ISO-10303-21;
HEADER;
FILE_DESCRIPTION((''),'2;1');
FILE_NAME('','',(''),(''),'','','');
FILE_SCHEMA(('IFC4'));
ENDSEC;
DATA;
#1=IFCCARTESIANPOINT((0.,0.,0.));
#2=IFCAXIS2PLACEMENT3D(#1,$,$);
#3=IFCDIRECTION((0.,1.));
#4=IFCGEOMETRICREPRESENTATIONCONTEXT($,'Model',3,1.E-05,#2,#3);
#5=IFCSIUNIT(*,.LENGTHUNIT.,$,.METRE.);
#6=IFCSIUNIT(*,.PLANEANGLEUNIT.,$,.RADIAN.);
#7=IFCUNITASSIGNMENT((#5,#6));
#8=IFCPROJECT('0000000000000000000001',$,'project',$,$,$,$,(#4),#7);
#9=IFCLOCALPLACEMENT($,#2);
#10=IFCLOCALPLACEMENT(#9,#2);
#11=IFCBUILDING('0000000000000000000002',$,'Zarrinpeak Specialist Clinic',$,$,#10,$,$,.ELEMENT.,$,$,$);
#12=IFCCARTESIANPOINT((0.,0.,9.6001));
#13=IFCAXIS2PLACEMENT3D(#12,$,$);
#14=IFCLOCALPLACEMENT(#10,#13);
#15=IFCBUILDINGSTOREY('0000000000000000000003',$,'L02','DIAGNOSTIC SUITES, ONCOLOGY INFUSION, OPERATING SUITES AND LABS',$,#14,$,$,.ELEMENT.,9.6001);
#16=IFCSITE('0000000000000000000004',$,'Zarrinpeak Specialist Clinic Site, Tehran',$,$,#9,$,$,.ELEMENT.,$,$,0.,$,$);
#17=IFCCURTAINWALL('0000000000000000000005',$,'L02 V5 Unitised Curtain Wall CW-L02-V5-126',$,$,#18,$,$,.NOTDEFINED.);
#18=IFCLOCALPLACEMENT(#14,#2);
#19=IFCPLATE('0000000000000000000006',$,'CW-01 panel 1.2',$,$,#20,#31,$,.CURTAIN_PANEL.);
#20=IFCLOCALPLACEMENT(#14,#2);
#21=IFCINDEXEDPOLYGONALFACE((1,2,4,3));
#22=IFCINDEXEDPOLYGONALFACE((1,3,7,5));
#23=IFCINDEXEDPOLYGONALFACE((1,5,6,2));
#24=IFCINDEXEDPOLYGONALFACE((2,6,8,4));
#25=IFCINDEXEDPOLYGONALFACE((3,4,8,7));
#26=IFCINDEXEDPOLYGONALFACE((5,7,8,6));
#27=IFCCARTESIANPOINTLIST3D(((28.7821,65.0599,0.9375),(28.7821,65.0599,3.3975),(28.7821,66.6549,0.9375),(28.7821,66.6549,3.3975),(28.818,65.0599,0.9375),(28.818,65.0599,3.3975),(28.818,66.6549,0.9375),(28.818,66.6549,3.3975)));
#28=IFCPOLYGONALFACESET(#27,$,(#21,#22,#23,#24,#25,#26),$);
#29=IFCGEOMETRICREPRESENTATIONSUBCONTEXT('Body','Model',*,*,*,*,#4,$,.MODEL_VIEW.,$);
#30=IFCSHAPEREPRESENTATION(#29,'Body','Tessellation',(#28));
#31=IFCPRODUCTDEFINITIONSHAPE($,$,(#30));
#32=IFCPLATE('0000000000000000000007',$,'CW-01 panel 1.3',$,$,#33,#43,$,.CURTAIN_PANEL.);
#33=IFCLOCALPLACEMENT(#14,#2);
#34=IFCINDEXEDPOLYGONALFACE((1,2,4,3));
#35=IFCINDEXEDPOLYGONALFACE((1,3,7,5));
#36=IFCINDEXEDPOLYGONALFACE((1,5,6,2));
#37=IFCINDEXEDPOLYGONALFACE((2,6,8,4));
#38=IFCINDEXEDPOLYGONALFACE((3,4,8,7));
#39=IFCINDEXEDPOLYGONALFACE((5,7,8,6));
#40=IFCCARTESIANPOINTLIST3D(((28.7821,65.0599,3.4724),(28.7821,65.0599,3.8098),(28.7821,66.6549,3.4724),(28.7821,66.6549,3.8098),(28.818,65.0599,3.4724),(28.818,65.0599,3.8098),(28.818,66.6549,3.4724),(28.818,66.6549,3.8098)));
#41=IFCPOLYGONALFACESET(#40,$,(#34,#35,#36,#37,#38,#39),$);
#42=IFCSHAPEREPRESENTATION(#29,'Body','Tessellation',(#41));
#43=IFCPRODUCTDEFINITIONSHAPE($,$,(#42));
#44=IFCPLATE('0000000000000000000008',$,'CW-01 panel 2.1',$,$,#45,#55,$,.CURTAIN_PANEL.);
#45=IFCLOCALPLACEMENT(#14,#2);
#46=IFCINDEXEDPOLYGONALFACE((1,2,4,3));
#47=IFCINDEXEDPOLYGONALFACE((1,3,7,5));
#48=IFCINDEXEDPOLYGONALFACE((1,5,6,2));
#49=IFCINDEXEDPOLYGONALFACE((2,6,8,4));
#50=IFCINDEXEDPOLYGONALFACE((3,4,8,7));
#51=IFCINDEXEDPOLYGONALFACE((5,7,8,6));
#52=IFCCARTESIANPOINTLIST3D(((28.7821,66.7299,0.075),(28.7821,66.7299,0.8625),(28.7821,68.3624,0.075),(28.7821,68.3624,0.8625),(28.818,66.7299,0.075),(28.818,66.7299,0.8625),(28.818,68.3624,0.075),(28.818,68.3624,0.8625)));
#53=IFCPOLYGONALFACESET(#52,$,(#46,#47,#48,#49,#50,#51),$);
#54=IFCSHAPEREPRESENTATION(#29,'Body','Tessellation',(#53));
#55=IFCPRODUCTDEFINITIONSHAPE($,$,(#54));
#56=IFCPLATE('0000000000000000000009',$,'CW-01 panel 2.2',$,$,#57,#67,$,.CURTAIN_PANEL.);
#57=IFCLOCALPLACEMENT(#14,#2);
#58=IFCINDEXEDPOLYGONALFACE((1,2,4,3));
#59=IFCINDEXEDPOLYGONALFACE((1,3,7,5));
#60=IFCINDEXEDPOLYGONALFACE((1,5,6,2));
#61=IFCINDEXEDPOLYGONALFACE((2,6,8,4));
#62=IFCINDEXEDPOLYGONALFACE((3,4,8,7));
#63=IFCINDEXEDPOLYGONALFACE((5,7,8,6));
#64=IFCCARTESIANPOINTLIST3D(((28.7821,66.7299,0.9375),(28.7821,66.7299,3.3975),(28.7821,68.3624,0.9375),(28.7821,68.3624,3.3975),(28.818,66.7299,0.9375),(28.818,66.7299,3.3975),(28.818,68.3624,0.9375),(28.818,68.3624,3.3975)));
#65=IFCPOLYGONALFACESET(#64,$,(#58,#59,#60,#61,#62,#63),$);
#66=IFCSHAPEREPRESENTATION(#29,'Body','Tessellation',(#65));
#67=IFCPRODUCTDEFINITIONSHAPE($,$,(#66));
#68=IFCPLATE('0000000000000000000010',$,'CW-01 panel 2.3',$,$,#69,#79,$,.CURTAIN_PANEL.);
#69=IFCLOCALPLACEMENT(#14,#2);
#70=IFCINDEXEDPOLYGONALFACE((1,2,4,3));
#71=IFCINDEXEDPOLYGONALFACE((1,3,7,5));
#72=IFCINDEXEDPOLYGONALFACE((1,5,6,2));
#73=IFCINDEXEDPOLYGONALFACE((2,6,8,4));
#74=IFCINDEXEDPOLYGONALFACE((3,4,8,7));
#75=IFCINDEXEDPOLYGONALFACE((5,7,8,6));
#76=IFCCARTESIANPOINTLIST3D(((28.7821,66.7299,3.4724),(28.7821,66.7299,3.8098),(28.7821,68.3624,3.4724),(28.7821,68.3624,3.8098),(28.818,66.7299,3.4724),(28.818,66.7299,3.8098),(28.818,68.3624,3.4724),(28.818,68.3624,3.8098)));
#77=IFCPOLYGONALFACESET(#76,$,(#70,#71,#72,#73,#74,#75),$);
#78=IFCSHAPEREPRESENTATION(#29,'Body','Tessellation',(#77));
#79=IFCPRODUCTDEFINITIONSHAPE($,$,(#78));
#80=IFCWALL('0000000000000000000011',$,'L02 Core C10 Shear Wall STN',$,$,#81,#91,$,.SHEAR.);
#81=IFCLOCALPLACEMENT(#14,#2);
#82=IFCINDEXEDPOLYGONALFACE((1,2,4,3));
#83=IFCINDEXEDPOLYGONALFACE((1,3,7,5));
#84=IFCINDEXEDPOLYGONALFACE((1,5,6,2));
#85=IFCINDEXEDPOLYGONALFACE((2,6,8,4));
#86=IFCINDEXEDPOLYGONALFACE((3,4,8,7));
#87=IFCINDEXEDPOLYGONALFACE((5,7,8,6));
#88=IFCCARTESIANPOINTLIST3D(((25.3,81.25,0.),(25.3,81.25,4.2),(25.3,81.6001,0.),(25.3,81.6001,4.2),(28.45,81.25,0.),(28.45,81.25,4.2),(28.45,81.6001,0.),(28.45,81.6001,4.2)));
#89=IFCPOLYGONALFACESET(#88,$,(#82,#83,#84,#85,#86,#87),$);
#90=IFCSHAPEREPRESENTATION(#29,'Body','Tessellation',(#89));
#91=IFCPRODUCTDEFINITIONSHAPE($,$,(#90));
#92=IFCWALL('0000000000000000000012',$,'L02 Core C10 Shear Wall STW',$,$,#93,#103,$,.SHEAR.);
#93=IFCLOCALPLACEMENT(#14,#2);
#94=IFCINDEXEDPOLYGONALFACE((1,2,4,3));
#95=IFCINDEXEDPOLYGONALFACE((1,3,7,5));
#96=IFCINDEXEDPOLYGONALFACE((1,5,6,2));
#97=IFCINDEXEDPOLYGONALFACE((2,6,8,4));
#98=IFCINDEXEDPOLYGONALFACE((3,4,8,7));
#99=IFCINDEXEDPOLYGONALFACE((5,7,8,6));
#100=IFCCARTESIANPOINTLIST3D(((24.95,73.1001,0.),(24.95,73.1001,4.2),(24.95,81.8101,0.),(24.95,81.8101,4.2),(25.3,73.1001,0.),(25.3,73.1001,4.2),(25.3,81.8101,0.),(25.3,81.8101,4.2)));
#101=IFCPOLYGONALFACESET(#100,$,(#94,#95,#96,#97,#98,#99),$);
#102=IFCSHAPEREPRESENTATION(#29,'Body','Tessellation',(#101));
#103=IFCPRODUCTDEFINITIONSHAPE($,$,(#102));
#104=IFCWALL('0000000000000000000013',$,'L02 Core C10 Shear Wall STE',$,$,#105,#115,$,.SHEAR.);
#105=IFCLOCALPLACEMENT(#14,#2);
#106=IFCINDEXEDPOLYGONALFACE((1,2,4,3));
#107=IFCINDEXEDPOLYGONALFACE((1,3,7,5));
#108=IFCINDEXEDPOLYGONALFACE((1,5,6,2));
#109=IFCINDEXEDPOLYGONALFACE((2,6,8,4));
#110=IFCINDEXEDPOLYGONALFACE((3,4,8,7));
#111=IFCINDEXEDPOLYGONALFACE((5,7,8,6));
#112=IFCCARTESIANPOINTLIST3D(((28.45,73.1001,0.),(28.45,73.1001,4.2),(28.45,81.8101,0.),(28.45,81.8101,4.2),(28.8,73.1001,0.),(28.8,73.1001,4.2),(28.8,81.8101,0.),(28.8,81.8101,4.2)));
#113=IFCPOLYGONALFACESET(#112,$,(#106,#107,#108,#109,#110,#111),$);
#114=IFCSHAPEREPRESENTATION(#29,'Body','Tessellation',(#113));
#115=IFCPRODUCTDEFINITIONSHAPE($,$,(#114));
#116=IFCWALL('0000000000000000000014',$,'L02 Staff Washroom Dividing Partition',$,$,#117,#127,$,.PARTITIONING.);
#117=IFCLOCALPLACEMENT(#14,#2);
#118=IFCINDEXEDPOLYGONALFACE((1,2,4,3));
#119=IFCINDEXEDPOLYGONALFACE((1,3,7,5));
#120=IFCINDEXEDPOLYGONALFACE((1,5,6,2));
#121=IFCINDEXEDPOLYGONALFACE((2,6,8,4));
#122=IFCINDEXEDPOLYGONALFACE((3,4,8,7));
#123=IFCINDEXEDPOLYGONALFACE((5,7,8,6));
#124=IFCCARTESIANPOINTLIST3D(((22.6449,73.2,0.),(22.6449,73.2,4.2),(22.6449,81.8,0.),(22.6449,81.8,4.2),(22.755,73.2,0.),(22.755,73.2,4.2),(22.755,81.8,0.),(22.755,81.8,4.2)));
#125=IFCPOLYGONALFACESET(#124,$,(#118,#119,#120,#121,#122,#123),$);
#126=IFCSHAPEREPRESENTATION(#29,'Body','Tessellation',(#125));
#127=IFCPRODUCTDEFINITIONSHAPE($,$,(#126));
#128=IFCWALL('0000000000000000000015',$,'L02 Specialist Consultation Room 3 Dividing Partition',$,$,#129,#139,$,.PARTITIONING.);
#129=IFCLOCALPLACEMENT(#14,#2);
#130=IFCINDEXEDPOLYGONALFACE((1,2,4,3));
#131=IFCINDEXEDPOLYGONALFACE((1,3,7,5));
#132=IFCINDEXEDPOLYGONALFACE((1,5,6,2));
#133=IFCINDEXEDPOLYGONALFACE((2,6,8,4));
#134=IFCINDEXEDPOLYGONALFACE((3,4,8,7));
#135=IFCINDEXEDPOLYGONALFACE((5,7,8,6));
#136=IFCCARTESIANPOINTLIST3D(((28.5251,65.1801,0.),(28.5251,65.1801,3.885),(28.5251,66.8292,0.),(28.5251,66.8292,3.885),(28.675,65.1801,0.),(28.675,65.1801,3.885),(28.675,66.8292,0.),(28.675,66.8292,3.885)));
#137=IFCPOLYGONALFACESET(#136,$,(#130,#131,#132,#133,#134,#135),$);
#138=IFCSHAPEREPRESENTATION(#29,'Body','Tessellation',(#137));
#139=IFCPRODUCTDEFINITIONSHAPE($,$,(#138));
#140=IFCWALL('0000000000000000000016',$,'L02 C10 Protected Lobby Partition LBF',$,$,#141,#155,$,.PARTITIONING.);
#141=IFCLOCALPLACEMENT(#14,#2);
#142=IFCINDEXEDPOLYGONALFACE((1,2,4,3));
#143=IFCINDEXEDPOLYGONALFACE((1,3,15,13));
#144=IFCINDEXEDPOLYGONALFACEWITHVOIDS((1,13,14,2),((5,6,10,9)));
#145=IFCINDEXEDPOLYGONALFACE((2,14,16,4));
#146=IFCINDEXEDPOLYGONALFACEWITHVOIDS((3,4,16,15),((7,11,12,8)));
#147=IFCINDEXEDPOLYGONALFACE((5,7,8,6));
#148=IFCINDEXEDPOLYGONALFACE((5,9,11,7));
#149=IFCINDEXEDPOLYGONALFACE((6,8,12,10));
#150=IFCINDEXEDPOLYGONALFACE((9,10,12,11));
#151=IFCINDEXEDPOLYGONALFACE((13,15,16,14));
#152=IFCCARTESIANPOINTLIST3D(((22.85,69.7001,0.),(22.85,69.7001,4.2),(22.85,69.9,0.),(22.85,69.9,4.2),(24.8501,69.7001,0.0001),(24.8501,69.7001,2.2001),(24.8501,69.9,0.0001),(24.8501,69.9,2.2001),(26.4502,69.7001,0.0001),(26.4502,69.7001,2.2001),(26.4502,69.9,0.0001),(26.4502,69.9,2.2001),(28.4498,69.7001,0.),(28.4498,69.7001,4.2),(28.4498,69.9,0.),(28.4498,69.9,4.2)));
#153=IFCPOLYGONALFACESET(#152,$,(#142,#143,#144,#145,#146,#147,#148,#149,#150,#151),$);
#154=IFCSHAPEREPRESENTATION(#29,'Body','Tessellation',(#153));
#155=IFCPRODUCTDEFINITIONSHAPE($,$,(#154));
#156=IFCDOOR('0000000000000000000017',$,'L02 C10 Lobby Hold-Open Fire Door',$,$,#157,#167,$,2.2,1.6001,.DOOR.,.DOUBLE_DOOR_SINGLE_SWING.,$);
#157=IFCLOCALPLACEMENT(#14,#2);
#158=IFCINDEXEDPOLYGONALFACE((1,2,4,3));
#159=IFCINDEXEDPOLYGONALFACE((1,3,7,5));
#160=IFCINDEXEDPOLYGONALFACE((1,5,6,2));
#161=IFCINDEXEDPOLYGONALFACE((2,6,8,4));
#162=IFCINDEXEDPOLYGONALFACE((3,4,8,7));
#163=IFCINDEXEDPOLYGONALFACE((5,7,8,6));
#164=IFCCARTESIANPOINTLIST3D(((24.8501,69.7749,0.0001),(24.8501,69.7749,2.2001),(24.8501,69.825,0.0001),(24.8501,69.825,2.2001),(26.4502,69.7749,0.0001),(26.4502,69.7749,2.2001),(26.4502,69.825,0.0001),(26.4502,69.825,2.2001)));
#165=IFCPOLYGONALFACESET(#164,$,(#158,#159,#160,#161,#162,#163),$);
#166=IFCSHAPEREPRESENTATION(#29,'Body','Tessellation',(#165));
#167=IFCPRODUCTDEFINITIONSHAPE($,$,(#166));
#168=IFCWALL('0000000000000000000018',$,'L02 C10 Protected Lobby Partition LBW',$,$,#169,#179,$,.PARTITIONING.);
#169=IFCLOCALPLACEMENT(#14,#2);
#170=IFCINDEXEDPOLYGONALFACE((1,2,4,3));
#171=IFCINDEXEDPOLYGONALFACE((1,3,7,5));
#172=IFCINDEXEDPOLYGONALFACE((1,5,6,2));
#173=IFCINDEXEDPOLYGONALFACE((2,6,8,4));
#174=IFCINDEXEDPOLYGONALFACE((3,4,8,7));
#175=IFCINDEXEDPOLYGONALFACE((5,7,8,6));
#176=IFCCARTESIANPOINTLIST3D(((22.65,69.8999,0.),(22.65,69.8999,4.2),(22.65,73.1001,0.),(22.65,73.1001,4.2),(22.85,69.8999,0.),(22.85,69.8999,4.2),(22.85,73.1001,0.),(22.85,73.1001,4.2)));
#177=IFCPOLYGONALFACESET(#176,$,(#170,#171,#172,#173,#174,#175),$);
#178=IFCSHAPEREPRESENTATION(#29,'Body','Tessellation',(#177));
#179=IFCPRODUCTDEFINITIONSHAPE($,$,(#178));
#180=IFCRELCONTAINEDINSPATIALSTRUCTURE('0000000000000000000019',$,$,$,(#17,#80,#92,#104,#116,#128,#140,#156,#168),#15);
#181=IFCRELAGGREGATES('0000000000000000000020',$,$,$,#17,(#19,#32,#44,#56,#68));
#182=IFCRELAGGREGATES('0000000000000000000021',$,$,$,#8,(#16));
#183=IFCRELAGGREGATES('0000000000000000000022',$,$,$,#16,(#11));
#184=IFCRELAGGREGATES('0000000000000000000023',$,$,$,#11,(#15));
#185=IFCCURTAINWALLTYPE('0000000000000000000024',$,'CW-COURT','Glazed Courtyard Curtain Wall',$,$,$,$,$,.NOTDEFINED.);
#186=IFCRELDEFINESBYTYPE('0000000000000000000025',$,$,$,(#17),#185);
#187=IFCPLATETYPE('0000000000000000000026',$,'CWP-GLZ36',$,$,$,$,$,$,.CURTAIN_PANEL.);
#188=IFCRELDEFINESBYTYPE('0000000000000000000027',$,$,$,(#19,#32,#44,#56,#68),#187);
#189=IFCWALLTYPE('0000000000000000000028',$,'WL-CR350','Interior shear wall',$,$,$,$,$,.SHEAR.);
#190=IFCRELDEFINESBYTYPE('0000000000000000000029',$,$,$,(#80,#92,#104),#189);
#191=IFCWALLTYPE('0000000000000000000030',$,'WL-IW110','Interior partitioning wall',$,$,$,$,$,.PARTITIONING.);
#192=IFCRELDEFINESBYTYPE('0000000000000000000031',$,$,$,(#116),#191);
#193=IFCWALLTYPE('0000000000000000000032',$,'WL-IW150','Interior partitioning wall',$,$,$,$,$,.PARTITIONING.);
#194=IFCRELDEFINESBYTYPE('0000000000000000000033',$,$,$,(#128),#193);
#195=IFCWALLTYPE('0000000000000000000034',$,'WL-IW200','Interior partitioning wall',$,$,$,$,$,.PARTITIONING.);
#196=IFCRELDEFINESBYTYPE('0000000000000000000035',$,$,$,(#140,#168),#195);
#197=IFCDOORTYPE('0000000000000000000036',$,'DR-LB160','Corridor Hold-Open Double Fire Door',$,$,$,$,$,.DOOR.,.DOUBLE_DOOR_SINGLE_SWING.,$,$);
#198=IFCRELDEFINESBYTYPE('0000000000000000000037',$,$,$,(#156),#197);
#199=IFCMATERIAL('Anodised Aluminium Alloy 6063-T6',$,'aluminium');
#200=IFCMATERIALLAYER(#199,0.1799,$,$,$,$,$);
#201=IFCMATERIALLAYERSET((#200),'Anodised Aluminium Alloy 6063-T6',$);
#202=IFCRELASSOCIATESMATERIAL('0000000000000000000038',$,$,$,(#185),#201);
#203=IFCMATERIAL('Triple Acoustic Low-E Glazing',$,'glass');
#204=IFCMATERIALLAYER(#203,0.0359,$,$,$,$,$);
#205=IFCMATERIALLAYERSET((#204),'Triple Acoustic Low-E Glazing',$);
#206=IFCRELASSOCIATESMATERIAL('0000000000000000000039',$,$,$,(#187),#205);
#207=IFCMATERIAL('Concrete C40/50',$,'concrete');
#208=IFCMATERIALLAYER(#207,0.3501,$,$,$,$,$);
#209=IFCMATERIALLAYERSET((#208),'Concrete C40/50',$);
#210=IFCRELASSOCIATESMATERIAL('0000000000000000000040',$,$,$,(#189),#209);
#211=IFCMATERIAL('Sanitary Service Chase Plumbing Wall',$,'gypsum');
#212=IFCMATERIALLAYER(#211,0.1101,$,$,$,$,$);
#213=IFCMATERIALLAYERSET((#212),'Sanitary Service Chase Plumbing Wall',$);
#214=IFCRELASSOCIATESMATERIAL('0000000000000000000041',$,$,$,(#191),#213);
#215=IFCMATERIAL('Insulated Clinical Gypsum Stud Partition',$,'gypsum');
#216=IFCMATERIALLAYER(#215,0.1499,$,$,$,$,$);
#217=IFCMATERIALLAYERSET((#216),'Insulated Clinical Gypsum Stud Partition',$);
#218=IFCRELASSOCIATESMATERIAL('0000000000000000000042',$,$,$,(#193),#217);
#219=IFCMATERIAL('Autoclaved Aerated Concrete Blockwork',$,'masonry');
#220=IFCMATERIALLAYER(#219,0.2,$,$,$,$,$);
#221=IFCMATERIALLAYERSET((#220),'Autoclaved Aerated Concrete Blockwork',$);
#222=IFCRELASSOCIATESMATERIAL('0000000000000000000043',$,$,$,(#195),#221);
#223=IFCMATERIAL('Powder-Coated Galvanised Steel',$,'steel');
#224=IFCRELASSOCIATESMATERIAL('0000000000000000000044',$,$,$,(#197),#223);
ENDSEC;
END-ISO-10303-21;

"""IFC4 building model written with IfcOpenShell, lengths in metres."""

from ifc_helpers import new_model, si_unit, direction, frame, frame_2d, origin, origin_2d, place, context, subcontext, project, spatial, rectangle, extrude, material, layer, layer_set, type_object, element, fill, aggregate, save


model = new_model("IFC4")

# Units and contexts
model_context = context("Model", 3, precision=1e-05, world=origin(), true_north=direction((0.0, 1.0)))
body_context = subcontext(model_context, "Body", "Model", "MODEL_VIEW")
ifc_project = project(units=[si_unit("LENGTHUNIT", "METRE"), si_unit("PLANEANGLEUNIT", "RADIAN")], contexts=[model_context])

# Site, building, storey
site_placement = place(None, origin())
site = spatial("IfcSite", under=ifc_project, at=site_placement, Name="Zarrinpeak Specialist Clinic Site, Tehran", CompositionType="ELEMENT", RefElevation=0.0)
building_placement = place(site_placement, origin())
building = spatial("IfcBuilding", under=site, at=building_placement, Name="Zarrinpeak Specialist Clinic", CompositionType="ELEMENT")
storey_placement = place(building_placement, frame((0.0, 0.0, 9.6001)))
storey = spatial("IfcBuildingStorey", under=building, at=storey_placement, Name="L02", Description="DIAGNOSTIC SUITES, ONCOLOGY INFUSION, OPERATING SUITES AND LABS", CompositionType="ELEMENT", Elevation=9.6001)

# Curtain wall, plates
ifc_material_1 = material(Name="Anodised Aluminium Alloy 6063-T6", Category="aluminium")
ifc_layer_1 = layer(ifc_material_1, 0.1799)
ifc_layer_set_1 = layer_set([ifc_layer_1], Name="Anodised Aluminium Alloy 6063-T6")
curtain_wall_type = type_object("IfcCurtainWallType", Name="CW-COURT", Description="Glazed Courtyard Curtain Wall", PredefinedType="NOTDEFINED", material=ifc_layer_set_1)
curtain_wall_placement = place(storey_placement, origin())
curtain_wall = element("IfcCurtainWall", 1, at=curtain_wall_placement, inside=storey, type_object=curtain_wall_type, Name="L02 V5 Unitised Curtain Wall CW-L02-V5-126", PredefinedType="NOTDEFINED")
ifc_material_2 = material(Name="Triple Acoustic Low-E Glazing", Category="glass")
ifc_layer_2 = layer(ifc_material_2, 0.0359)
ifc_layer_set_2 = layer_set([ifc_layer_2], Name="Triple Acoustic Low-E Glazing")
plate_type = type_object("IfcPlateType", Name="CWP-GLZ36", PredefinedType="CURTAIN_PANEL", material=ifc_layer_set_2)
plate_1_placement = place(storey_placement, frame((28.8, 65.8574, 0.9375), z_axis=(0.0, 0.0, 1.0), x_axis=(0.0, 1.0, 0.0)))
plate_1 = element("IfcPlate", 2, at=plate_1_placement, type_object=plate_type, Name="CW-01 panel 1.2", PredefinedType="CURTAIN_PANEL", context=body_context, shape_type="SweptSolid", body=[
    extrude(rectangle(XDim=1.595, YDim=0.0359, at=origin_2d()), origin(), (0.0, 0.0, 1.0), 2.46),
])
plate_2_placement = place(storey_placement, frame((28.8, 65.8574, 3.4724), z_axis=(0.0, 0.0, 1.0), x_axis=(0.0, 1.0, 0.0)))
plate_2 = element("IfcPlate", 3, at=plate_2_placement, type_object=plate_type, Name="CW-01 panel 1.3", PredefinedType="CURTAIN_PANEL", context=body_context, shape_type="SweptSolid", body=[
    extrude(rectangle(XDim=1.595, YDim=0.0359, at=origin_2d()), origin(), (0.0, 0.0, 1.0), 0.3374),
])
plate_3_placement = place(storey_placement, frame((28.8, 67.5461, 0.075), z_axis=(0.0, 0.0, 1.0), x_axis=(0.0, 1.0, 0.0)))
plate_3 = element("IfcPlate", 4, at=plate_3_placement, type_object=plate_type, Name="CW-01 panel 2.1", PredefinedType="CURTAIN_PANEL", context=body_context, shape_type="SweptSolid", body=[
    extrude(rectangle(XDim=1.6326, YDim=0.0359, at=origin_2d()), origin(), (0.0, 0.0, 1.0), 0.7876),
])
plate_4_placement = place(storey_placement, frame((28.8, 67.5461, 0.9375), z_axis=(0.0, 0.0, 1.0), x_axis=(0.0, 1.0, 0.0)))
plate_4 = element("IfcPlate", 5, at=plate_4_placement, type_object=plate_type, Name="CW-01 panel 2.2", PredefinedType="CURTAIN_PANEL", context=body_context, shape_type="SweptSolid", body=[
    extrude(rectangle(XDim=1.6326, YDim=0.0359, at=origin_2d()), origin(), (0.0, 0.0, 1.0), 2.46),
])
plate_5_placement = place(storey_placement, frame((28.8, 67.5461, 3.4724), z_axis=(0.0, 0.0, 1.0), x_axis=(0.0, 1.0, 0.0)))
plate_5 = element("IfcPlate", 6, at=plate_5_placement, type_object=plate_type, Name="CW-01 panel 2.3", PredefinedType="CURTAIN_PANEL", context=body_context, shape_type="SweptSolid", body=[
    extrude(rectangle(XDim=1.6326, YDim=0.0359, at=origin_2d()), origin(), (0.0, 0.0, 1.0), 0.3374),
])
aggregate(curtain_wall, [plate_1, plate_2, plate_3, plate_4, plate_5])

# Shared definitions
ifc_material_3 = material(Name="Concrete C40/50", Category="concrete")
ifc_layer_3 = layer(ifc_material_3, 0.3501)
ifc_layer_set_3 = layer_set([ifc_layer_3], Name="Concrete C40/50")
wall_type_1 = type_object("IfcWallType", Name="WL-CR350", Description="Interior shear wall", PredefinedType="SHEAR", material=ifc_layer_set_3)
ifc_material_4 = material(Name="Powder-Coated Galvanised Steel", Category="steel")

# Walls
wall_1_placement = place(storey_placement, frame((25.3, 81.425, 0.0), z_axis=(0.0, 0.0, 1.0), x_axis=(1.0, 0.0, 0.0)))
element("IfcWall", 7, at=wall_1_placement, inside=storey, type_object=wall_type_1, Name="L02 Core C10 Shear Wall STN", PredefinedType="SHEAR", context=body_context, shape_type="SweptSolid", body=[
    extrude(rectangle(XDim=3.1499, YDim=0.3501, at=frame_2d((1.575, 0.0))), origin(), (0.0, 0.0, 1.0), 4.2),
])
for number, where, z_axis, x_axis, name in (
    (8, (25.125, 73.1001, 0.0), (0.0, 0.0, 1.0), (0.0, 1.0, 0.0), "L02 Core C10 Shear Wall STW"),
    (9, (28.625, 73.1001, 0.0), (0.0, 0.0, 1.0), (0.0, 1.0, 0.0), "L02 Core C10 Shear Wall STE"),
):
    element("IfcWall", number, at=place(storey_placement, frame(where, z_axis=z_axis, x_axis=x_axis)), inside=storey, type_object=wall_type_1, Name=name, PredefinedType="SHEAR", context=body_context, shape_type="SweptSolid", body=[
        extrude(rectangle(XDim=8.71, YDim=0.3501, at=frame_2d((4.355, 0.0))), origin(), (0.0, 0.0, 1.0), 4.2),
    ])
ifc_material_5 = material(Name="Sanitary Service Chase Plumbing Wall", Category="gypsum")
ifc_layer_4 = layer(ifc_material_5, 0.1101)
ifc_layer_set_4 = layer_set([ifc_layer_4], Name="Sanitary Service Chase Plumbing Wall")
wall_type_2 = type_object("IfcWallType", Name="WL-IW110", Description="Interior partitioning wall", PredefinedType="PARTITIONING", material=ifc_layer_set_4)
wall_2_placement = place(storey_placement, frame((22.7, 73.2, 0.0), z_axis=(0.0, 0.0, 1.0), x_axis=(0.0, 1.0, 0.0)))
element("IfcWall", 10, at=wall_2_placement, inside=storey, type_object=wall_type_2, Name="L02 Staff Washroom Dividing Partition", PredefinedType="PARTITIONING", context=body_context, shape_type="SweptSolid", body=[
    extrude(rectangle(XDim=8.6001, YDim=0.1101, at=frame_2d((4.3, 0.0))), origin(), (0.0, 0.0, 1.0), 4.2),
])
ifc_material_6 = material(Name="Insulated Clinical Gypsum Stud Partition", Category="gypsum")
ifc_layer_5 = layer(ifc_material_6, 0.1499)
ifc_layer_set_5 = layer_set([ifc_layer_5], Name="Insulated Clinical Gypsum Stud Partition")
wall_type_3 = type_object("IfcWallType", Name="WL-IW150", Description="Interior partitioning wall", PredefinedType="PARTITIONING", material=ifc_layer_set_5)
wall_3_placement = place(storey_placement, frame((28.6001, 65.1799, 0.0), z_axis=(0.0, 0.0, 1.0), x_axis=(0.0, 1.0, 0.0)))
element("IfcWall", 11, at=wall_3_placement, inside=storey, type_object=wall_type_3, Name="L02 Specialist Consultation Room 3 Dividing Partition", PredefinedType="PARTITIONING", context=body_context, shape_type="SweptSolid", body=[
    extrude(rectangle(XDim=1.6492, YDim=0.1499, at=frame_2d((0.8247, 0.0))), origin(), (0.0, 0.0, 1.0), 3.885),
])

# Wall, opening, door
ifc_material_7 = material(Name="Autoclaved Aerated Concrete Blockwork", Category="masonry")
ifc_layer_6 = layer(ifc_material_7, 0.2)
ifc_layer_set_6 = layer_set([ifc_layer_6], Name="Autoclaved Aerated Concrete Blockwork")
wall_type_4 = type_object("IfcWallType", Name="WL-IW200", Description="Interior partitioning wall", PredefinedType="PARTITIONING", material=ifc_layer_set_6)
wall_4_placement = place(storey_placement, frame((22.8501, 69.8, 0.0), z_axis=(0.0, 0.0, 1.0), x_axis=(1.0, 0.0, 0.0)))
wall_4 = element("IfcWall", 12, at=wall_4_placement, inside=storey, type_object=wall_type_4, Name="L02 C10 Protected Lobby Partition LBF", PredefinedType="PARTITIONING", context=body_context, shape_type="SweptSolid", body=[
    extrude(rectangle(XDim=5.5999, YDim=0.2, at=frame_2d((2.7998, 0.0))), origin(), (0.0, 0.0, 1.0), 4.2),
])
opening_1_placement = place(wall_4_placement, frame((2.0, 0.0, 0.0)))
opening_1 = element("IfcOpeningElement", 13, at=opening_1_placement, cuts=wall_4, PredefinedType="OPENING", context=body_context, shape_type="SweptSolid", body=[
    extrude(rectangle(XDim=1.6001, YDim=2.2, at=frame_2d((0.8, 1.1001))), frame((0.0, 0.1099, 0.0), z_axis=(0.0, -1.0, 0.0), x_axis=(1.0, 0.0, 0.0)), (0.0, 0.0, 1.0), 0.22),
])
door_type_1 = type_object("IfcDoorType", Name="DR-LB160", Description="Corridor Hold-Open Double Fire Door", OperationType="DOUBLE_DOOR_SINGLE_SWING", PredefinedType="DOOR", material=ifc_material_4)
door_1_placement = place(opening_1_placement, origin())
door_1 = element("IfcDoor", 14, at=door_1_placement, inside=storey, type_object=door_type_1, Name="L02 C10 Lobby Hold-Open Fire Door", OperationType="DOUBLE_DOOR_SINGLE_SWING", OverallHeight=2.2, OverallWidth=1.6001, PredefinedType="DOOR", context=body_context, shape_type="SweptSolid", body=[
    extrude(rectangle(XDim=1.6001, YDim=2.2, at=frame_2d((0.8, 1.1001))), frame((0.0, 0.0249, 0.0), z_axis=(0.0, -1.0, 0.0), x_axis=(1.0, 0.0, 0.0)), (0.0, 0.0, 1.0), 0.05),
])
fill(opening_1, door_1)

# Wall
wall_5_placement = place(storey_placement, frame((22.75, 69.8999, 0.0), z_axis=(0.0, 0.0, 1.0), x_axis=(0.0, 1.0, 0.0)))
element("IfcWall", 15, at=wall_5_placement, inside=storey, type_object=wall_type_4, Name="L02 C10 Protected Lobby Partition LBW", PredefinedType="PARTITIONING", context=body_context, shape_type="SweptSolid", body=[
    extrude(rectangle(XDim=3.2002, YDim=0.2, at=frame_2d((1.6001, 0.0))), origin(), (0.0, 0.0, 1.0), 4.2),
])

save(model, "model.ifc")
